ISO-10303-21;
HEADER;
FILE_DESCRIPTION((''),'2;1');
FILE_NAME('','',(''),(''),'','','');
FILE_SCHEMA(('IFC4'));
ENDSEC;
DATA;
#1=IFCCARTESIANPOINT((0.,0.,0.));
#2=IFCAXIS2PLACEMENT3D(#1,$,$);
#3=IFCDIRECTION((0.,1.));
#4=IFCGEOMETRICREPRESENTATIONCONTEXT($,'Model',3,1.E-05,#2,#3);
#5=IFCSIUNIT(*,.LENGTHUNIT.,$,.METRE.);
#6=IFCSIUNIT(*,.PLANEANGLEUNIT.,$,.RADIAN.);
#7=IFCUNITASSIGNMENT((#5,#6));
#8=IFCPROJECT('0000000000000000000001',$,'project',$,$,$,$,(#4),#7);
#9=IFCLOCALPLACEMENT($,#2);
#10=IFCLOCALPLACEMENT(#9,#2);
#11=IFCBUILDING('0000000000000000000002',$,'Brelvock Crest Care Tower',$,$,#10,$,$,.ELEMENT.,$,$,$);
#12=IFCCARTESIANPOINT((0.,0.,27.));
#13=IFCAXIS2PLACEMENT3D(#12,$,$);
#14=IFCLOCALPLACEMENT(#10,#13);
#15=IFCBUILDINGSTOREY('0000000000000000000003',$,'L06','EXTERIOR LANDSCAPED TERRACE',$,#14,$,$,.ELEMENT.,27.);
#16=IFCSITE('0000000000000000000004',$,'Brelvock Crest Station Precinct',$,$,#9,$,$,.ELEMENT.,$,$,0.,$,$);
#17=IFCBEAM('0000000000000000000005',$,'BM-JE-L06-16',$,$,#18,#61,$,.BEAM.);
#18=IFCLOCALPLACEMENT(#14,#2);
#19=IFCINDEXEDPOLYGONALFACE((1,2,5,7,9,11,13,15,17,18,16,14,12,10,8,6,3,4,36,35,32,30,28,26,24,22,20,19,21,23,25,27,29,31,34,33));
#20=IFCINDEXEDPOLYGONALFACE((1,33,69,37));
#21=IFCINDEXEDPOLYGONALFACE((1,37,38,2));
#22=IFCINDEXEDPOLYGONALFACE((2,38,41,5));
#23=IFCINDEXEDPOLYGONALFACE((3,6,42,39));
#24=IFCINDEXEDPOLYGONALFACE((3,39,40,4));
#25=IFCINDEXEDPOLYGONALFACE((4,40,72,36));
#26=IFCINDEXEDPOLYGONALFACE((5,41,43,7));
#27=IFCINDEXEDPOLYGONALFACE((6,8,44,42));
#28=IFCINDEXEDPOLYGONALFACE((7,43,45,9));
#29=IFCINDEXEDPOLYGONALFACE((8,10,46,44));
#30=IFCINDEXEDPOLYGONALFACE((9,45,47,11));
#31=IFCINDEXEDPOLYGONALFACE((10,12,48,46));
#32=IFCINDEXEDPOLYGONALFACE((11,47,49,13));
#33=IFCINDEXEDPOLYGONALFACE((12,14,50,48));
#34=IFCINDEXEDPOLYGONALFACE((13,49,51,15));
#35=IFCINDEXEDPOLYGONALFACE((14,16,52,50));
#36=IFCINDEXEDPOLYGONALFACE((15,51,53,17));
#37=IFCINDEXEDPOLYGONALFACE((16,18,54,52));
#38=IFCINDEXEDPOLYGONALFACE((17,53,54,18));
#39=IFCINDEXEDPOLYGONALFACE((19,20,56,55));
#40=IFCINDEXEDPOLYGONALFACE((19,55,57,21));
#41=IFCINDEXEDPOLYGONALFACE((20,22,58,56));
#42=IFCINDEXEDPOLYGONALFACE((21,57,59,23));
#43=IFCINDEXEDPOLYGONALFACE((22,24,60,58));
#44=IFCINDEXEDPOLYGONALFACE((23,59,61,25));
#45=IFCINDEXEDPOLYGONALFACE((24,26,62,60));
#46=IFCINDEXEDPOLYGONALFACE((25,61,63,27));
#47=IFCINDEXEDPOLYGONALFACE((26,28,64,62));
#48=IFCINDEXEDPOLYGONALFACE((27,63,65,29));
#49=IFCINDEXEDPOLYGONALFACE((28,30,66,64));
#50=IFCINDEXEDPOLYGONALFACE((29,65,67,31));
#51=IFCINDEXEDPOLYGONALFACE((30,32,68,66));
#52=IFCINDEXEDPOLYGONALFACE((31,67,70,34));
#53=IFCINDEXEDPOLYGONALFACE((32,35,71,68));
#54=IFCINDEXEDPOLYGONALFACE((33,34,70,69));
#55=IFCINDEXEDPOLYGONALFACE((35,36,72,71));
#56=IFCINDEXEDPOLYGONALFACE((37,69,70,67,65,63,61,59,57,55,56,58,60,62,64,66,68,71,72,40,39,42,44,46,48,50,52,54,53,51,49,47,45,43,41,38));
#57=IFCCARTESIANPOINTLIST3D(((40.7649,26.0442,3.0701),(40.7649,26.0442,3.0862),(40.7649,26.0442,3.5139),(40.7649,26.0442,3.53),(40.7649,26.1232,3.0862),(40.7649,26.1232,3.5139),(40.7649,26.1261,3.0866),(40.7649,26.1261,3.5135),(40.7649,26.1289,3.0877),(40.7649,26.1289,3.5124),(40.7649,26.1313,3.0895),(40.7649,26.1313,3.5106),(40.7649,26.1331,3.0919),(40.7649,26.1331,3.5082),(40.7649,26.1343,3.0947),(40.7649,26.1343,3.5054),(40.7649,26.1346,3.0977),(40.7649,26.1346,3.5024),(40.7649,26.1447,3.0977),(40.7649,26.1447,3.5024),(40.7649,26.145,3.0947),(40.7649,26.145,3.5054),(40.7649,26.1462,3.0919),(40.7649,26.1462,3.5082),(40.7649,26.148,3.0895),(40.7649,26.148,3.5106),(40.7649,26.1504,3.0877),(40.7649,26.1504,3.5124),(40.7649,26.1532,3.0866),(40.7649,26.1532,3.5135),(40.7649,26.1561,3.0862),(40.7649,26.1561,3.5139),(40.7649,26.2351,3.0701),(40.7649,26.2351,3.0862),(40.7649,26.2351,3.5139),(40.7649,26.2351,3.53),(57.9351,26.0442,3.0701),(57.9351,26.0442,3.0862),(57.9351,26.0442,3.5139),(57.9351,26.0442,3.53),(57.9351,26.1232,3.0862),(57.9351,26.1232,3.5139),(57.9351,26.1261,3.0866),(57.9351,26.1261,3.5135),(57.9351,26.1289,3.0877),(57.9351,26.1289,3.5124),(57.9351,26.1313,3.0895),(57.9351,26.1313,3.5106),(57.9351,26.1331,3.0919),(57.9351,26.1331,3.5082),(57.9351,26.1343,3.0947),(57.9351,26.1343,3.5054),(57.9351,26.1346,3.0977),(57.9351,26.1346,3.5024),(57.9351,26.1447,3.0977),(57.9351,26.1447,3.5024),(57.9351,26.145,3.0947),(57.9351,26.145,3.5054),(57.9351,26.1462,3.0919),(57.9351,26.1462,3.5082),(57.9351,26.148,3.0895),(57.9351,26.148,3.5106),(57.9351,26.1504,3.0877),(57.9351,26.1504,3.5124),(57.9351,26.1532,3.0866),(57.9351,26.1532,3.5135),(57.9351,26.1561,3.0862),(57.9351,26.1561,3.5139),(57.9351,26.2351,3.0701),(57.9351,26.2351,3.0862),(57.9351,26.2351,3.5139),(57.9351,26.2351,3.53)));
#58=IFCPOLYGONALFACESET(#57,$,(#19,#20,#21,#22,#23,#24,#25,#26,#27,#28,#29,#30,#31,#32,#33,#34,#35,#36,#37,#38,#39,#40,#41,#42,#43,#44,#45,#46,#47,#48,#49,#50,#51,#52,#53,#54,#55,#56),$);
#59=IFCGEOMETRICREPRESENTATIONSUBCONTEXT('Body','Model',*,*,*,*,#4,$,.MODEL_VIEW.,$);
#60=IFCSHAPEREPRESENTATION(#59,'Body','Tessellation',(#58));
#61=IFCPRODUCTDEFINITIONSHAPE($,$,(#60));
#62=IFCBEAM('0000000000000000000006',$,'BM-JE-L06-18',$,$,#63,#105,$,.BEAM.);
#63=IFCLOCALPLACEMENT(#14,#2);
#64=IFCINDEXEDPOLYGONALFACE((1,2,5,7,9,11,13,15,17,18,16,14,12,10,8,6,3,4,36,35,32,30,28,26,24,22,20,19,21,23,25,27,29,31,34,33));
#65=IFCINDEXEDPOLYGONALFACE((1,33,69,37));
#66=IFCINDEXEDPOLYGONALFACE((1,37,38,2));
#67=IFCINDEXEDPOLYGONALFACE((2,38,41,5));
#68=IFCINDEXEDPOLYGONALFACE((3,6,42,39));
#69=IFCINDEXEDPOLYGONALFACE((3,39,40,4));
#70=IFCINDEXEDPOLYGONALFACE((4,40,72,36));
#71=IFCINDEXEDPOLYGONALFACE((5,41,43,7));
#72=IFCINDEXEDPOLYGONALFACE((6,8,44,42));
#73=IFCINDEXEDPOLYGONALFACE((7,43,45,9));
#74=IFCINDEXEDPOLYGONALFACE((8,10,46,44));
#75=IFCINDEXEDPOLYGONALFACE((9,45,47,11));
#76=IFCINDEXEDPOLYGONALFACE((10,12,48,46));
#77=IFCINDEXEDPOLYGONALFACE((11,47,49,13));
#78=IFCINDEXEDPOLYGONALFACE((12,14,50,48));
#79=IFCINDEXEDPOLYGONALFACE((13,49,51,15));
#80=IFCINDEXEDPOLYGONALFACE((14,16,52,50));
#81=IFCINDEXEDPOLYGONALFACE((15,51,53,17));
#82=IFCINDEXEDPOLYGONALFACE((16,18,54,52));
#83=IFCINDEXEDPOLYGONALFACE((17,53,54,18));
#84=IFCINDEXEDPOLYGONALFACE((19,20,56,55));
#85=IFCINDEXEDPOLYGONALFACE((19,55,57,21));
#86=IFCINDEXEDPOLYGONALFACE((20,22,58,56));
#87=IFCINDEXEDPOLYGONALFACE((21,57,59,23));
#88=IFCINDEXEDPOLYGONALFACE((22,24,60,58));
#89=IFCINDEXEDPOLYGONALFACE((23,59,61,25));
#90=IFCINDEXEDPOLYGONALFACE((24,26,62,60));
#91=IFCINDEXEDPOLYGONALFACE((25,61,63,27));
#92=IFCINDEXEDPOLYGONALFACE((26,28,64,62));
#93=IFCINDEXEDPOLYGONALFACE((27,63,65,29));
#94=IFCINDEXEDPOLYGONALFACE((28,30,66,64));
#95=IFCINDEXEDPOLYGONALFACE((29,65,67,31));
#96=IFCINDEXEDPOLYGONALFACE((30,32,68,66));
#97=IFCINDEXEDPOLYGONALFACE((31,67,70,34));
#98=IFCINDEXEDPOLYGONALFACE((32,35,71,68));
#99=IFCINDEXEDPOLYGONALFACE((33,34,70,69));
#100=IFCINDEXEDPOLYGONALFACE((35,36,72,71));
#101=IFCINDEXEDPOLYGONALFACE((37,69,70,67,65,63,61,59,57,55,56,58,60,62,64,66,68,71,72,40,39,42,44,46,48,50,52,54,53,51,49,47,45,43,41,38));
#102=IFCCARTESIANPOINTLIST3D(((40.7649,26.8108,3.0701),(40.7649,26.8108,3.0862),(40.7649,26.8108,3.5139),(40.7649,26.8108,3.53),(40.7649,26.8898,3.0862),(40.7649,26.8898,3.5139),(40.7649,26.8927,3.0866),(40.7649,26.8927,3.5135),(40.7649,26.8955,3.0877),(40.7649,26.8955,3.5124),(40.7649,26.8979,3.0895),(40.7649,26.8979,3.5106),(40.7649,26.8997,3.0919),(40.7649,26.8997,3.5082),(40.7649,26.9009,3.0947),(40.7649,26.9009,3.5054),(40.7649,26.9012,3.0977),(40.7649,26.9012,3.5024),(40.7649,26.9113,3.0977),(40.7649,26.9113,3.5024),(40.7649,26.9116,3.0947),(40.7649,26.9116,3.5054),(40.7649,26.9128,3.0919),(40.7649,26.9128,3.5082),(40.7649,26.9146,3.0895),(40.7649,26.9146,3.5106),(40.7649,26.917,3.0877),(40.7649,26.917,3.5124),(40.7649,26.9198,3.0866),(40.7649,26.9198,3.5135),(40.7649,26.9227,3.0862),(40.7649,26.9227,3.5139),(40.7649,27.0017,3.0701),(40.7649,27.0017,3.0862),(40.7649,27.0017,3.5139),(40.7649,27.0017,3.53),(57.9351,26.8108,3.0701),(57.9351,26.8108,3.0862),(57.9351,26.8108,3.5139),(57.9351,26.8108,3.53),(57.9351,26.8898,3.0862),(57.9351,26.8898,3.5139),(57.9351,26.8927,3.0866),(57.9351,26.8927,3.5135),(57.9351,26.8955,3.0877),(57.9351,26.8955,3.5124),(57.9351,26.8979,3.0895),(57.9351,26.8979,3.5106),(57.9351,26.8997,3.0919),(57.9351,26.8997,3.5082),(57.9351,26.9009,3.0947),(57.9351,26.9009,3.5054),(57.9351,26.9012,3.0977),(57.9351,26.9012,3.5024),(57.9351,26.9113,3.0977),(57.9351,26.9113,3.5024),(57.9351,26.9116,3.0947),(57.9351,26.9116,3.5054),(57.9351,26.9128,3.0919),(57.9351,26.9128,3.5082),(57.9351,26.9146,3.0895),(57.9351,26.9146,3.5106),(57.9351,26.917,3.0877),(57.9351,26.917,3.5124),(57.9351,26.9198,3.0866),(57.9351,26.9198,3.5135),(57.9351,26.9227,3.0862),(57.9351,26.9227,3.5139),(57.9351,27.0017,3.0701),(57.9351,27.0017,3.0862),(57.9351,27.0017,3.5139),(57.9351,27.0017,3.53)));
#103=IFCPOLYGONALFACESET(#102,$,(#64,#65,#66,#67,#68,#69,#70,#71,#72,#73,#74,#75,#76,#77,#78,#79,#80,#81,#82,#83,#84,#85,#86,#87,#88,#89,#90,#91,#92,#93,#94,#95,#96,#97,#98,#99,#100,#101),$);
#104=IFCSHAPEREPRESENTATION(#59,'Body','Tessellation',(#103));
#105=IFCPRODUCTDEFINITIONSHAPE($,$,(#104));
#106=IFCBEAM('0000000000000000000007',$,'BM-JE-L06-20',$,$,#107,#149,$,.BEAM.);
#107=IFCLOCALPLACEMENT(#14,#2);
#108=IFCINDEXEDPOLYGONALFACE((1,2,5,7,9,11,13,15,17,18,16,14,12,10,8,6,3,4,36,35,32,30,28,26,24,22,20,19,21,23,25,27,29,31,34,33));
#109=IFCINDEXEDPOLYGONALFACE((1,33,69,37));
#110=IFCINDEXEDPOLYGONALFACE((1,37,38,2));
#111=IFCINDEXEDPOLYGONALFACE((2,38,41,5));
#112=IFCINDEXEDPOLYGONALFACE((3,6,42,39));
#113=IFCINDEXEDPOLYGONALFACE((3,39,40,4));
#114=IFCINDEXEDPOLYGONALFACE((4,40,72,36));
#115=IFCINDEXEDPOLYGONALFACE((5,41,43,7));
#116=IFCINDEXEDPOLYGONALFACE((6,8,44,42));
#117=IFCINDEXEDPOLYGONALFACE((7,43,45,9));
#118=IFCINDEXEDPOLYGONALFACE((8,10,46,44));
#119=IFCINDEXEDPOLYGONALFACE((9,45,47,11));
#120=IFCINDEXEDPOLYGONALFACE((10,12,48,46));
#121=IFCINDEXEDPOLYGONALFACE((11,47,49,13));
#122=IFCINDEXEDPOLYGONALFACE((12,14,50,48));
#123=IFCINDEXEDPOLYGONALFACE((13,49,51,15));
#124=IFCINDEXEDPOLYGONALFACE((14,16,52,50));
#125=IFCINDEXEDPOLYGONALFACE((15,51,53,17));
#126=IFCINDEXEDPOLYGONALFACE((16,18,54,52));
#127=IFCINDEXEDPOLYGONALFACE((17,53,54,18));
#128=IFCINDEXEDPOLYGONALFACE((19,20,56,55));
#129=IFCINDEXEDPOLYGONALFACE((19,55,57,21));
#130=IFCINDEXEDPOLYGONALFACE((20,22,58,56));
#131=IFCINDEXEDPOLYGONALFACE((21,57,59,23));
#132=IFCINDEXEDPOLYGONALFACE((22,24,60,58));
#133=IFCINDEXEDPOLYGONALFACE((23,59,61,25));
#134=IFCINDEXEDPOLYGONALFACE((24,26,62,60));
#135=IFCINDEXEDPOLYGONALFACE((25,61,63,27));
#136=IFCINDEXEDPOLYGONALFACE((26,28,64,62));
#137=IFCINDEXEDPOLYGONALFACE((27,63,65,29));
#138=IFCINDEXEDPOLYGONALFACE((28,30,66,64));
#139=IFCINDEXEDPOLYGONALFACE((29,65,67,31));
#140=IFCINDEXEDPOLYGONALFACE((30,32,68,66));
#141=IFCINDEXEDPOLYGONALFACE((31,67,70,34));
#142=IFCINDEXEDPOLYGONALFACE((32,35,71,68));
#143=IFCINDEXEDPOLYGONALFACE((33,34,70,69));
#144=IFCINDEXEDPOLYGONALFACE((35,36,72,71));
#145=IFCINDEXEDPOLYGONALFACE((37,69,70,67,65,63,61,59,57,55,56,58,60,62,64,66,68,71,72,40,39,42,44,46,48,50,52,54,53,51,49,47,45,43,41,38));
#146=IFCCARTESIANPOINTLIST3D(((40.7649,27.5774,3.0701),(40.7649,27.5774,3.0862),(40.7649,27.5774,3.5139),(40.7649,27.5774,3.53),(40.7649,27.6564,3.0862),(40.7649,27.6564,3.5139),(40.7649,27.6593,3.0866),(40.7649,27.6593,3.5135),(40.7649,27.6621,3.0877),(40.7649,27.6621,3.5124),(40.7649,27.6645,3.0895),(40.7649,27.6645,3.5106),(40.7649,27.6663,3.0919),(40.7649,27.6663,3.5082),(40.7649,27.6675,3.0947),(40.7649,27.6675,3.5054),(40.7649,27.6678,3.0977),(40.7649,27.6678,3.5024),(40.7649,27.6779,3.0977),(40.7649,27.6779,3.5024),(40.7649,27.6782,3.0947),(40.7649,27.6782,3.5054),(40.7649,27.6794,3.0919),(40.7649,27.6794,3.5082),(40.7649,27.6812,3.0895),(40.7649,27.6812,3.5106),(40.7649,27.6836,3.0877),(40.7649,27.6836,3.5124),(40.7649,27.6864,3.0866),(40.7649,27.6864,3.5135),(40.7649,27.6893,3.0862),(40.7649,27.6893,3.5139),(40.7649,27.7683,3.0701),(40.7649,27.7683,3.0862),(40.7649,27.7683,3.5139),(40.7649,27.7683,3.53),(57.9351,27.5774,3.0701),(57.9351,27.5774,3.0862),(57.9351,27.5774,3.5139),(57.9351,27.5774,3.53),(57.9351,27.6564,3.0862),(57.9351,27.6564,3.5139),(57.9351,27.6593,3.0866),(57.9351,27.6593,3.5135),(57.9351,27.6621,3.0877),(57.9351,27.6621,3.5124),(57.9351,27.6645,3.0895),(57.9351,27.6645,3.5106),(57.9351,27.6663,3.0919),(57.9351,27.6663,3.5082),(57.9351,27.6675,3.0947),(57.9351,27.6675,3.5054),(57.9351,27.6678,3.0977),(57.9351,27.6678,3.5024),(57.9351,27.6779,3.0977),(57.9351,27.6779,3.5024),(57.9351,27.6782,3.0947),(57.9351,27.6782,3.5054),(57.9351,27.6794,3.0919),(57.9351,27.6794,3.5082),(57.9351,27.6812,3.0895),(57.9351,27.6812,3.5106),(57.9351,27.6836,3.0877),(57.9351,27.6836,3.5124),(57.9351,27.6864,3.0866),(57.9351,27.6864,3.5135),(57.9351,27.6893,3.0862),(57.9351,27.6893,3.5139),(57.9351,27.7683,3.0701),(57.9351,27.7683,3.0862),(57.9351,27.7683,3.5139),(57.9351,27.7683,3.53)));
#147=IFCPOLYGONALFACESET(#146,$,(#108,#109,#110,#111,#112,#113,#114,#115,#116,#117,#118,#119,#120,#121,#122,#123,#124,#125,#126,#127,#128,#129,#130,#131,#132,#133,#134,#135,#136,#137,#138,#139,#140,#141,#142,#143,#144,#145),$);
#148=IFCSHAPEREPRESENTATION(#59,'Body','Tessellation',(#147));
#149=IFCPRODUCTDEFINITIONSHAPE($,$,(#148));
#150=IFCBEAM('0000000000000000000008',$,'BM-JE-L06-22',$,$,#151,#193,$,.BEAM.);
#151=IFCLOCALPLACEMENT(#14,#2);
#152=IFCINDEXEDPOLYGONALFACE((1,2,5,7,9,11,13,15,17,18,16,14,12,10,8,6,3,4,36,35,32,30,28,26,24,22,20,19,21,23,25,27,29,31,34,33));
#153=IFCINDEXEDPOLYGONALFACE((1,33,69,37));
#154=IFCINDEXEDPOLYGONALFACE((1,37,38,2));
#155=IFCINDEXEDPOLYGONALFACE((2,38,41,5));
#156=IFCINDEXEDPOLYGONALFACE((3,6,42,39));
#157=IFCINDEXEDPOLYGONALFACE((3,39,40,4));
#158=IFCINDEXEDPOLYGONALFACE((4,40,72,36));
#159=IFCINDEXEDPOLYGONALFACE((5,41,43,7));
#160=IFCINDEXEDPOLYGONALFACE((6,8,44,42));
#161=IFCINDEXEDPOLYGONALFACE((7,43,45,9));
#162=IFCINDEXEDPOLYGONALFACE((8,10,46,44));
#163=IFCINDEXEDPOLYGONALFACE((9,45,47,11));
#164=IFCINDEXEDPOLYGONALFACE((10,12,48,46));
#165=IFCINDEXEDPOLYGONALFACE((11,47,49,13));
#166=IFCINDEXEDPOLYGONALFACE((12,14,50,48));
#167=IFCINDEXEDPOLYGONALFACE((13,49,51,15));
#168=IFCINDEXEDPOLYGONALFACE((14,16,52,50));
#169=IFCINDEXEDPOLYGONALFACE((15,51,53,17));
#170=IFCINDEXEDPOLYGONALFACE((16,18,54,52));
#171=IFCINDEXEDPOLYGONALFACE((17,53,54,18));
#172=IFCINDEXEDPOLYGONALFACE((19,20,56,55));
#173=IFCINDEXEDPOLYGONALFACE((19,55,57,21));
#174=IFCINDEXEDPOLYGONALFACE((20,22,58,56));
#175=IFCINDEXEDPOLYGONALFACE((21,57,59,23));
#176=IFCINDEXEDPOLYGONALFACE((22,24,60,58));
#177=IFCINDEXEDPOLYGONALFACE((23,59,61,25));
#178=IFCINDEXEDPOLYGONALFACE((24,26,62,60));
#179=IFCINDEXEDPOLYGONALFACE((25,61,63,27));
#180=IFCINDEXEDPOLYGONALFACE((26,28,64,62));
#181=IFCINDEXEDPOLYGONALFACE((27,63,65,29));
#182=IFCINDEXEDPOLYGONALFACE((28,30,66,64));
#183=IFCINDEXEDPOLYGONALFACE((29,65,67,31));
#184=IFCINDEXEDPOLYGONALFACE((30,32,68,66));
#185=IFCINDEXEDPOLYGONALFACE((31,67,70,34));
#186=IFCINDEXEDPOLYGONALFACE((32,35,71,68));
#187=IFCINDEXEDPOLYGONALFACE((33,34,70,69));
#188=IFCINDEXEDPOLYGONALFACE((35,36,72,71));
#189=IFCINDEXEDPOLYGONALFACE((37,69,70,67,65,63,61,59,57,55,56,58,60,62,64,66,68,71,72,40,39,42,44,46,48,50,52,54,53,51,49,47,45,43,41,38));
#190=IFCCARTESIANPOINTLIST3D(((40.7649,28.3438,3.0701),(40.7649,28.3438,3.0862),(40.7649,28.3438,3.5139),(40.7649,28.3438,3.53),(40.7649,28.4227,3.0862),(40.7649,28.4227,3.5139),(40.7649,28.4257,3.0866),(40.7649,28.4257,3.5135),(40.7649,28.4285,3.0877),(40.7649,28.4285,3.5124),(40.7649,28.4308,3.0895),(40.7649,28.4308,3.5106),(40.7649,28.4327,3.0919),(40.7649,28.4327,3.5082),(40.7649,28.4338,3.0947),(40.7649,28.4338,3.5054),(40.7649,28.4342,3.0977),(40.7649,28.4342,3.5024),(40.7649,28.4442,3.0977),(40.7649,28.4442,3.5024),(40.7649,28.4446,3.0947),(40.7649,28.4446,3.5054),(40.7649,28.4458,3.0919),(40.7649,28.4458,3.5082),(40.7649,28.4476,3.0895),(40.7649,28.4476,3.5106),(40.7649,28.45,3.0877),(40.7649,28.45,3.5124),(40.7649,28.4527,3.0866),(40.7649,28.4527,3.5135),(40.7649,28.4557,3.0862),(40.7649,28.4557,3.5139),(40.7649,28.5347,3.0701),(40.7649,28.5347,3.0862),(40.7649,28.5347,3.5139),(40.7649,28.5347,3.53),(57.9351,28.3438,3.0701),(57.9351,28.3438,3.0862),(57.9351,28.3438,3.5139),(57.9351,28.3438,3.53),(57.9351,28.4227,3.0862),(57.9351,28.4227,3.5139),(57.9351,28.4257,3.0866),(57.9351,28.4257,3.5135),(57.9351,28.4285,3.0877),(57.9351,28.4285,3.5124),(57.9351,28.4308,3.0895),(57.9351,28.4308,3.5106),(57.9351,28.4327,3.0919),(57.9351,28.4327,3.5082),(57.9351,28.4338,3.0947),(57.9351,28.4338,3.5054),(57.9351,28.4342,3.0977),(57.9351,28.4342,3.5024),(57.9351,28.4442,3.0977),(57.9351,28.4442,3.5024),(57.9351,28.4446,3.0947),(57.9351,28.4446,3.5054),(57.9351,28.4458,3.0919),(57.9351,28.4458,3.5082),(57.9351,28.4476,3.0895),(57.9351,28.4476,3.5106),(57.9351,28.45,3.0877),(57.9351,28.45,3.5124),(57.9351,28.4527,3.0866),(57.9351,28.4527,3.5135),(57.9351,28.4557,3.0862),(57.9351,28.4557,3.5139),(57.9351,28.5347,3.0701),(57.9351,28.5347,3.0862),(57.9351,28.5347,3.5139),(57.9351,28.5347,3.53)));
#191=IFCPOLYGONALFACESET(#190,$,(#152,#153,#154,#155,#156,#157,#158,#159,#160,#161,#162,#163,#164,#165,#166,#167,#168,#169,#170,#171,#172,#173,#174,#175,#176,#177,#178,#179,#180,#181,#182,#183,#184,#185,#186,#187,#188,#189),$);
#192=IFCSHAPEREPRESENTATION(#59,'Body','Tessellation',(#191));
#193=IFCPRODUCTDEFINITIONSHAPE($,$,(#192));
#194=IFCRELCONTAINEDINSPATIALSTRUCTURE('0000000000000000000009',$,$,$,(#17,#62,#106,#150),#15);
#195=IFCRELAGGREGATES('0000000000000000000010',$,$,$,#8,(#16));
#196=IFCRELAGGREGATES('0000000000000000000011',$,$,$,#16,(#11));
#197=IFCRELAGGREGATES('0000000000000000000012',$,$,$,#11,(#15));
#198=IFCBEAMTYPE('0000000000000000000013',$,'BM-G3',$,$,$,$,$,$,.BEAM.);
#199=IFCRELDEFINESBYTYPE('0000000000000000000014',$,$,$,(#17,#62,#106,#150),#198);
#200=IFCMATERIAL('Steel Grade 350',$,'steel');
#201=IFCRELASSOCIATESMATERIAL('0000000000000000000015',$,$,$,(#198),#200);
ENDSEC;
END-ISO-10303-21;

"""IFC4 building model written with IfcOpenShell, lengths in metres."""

from ifc_helpers import new_model, si_unit, direction, frame, origin, origin_2d, place, context, subcontext, project, spatial, i_section, extrude, source, transform, mapped, material, material_profile, profile_set, type_object, element, save


model = new_model("IFC4")

# Units and contexts
model_context = context("Model", 3, precision=1e-05, world=origin(), true_north=direction((0.0, 1.0)))
body_context = subcontext(model_context, "Body", "Model", "MODEL_VIEW")
ifc_project = project(units=[si_unit("LENGTHUNIT", "METRE"), si_unit("PLANEANGLEUNIT", "RADIAN")], contexts=[model_context])

# Site, building, storey
site_placement = place(None, origin())
site = spatial("IfcSite", under=ifc_project, at=site_placement, Name="Brelvock Crest Station Precinct", CompositionType="ELEMENT", RefElevation=0.0)
building_placement = place(site_placement, origin())
building = spatial("IfcBuilding", under=site, at=building_placement, Name="Brelvock Crest Care Tower", CompositionType="ELEMENT")
storey_placement = place(building_placement, frame((0.0, 0.0, 27.0)))
storey = spatial("IfcBuildingStorey", under=building, at=storey_placement, Name="L06", Description="EXTERIOR LANDSCAPED TERRACE", CompositionType="ELEMENT", Elevation=27.0)

# Beams
ifc_material_1 = material(Name="Steel Grade 350", Category="steel")
ifc_material_profile_1 = material_profile(ifc_material_1, i_section(OverallWidth=0.1909, OverallDepth=0.46, WebThickness=0.01, FlangeThickness=0.0161, FilletRadius=0.0115, at=origin_2d()), Name="460UB82.1")
ifc_profile_set_1 = profile_set([ifc_material_profile_1], Name="Steel Grade 350")
beam_type_1 = type_object("IfcBeamType", Name="BM-G3", PredefinedType="BEAM", material=ifc_profile_set_1)
shared_shape_1 = source(origin(), body_context, "Body", "SweptSolid", [
    extrude(i_section(OverallWidth=0.1909, OverallDepth=0.46, WebThickness=0.01, FlangeThickness=0.0161, FilletRadius=0.0115, at=origin_2d()), origin(), (0.0, 0.0, 1.0), 17.1702),
])
for number, where, z_axis, x_axis, name in (
    (1, (40.7649, 26.1396, 3.3), (1.0, 0.0, 0.0), (0.0, 1.0, 0.0), "BM-JE-L06-16"),
    (2, (40.7649, 26.9062, 3.3), (1.0, 0.0, 0.0), (0.0, 1.0, 0.0), "BM-JE-L06-18"),
    (3, (40.7649, 27.6729, 3.3), (1.0, 0.0, 0.0), (0.0, 1.0, 0.0), "BM-JE-L06-20"),
    (4, (40.7649, 28.4392, 3.3), (1.0, 0.0, 0.0), (0.0, 1.0, 0.0), "BM-JE-L06-22"),
):
    element("IfcBeam", number, at=place(storey_placement, frame(where, z_axis=z_axis, x_axis=x_axis)), inside=storey, type_object=beam_type_1, Name=name, PredefinedType="BEAM", context=body_context, shape_type="MappedRepresentation", body=[
        mapped(shared_shape_1, transform((0.0, 0.0, 0.0), x_axis=(1.0, 0.0, 0.0), y_axis=(0.0, 1.0, 0.0), z_axis=(0.0, 0.0, 1.0), scale=1.0)),
    ])

save(model, "model.ifc")
